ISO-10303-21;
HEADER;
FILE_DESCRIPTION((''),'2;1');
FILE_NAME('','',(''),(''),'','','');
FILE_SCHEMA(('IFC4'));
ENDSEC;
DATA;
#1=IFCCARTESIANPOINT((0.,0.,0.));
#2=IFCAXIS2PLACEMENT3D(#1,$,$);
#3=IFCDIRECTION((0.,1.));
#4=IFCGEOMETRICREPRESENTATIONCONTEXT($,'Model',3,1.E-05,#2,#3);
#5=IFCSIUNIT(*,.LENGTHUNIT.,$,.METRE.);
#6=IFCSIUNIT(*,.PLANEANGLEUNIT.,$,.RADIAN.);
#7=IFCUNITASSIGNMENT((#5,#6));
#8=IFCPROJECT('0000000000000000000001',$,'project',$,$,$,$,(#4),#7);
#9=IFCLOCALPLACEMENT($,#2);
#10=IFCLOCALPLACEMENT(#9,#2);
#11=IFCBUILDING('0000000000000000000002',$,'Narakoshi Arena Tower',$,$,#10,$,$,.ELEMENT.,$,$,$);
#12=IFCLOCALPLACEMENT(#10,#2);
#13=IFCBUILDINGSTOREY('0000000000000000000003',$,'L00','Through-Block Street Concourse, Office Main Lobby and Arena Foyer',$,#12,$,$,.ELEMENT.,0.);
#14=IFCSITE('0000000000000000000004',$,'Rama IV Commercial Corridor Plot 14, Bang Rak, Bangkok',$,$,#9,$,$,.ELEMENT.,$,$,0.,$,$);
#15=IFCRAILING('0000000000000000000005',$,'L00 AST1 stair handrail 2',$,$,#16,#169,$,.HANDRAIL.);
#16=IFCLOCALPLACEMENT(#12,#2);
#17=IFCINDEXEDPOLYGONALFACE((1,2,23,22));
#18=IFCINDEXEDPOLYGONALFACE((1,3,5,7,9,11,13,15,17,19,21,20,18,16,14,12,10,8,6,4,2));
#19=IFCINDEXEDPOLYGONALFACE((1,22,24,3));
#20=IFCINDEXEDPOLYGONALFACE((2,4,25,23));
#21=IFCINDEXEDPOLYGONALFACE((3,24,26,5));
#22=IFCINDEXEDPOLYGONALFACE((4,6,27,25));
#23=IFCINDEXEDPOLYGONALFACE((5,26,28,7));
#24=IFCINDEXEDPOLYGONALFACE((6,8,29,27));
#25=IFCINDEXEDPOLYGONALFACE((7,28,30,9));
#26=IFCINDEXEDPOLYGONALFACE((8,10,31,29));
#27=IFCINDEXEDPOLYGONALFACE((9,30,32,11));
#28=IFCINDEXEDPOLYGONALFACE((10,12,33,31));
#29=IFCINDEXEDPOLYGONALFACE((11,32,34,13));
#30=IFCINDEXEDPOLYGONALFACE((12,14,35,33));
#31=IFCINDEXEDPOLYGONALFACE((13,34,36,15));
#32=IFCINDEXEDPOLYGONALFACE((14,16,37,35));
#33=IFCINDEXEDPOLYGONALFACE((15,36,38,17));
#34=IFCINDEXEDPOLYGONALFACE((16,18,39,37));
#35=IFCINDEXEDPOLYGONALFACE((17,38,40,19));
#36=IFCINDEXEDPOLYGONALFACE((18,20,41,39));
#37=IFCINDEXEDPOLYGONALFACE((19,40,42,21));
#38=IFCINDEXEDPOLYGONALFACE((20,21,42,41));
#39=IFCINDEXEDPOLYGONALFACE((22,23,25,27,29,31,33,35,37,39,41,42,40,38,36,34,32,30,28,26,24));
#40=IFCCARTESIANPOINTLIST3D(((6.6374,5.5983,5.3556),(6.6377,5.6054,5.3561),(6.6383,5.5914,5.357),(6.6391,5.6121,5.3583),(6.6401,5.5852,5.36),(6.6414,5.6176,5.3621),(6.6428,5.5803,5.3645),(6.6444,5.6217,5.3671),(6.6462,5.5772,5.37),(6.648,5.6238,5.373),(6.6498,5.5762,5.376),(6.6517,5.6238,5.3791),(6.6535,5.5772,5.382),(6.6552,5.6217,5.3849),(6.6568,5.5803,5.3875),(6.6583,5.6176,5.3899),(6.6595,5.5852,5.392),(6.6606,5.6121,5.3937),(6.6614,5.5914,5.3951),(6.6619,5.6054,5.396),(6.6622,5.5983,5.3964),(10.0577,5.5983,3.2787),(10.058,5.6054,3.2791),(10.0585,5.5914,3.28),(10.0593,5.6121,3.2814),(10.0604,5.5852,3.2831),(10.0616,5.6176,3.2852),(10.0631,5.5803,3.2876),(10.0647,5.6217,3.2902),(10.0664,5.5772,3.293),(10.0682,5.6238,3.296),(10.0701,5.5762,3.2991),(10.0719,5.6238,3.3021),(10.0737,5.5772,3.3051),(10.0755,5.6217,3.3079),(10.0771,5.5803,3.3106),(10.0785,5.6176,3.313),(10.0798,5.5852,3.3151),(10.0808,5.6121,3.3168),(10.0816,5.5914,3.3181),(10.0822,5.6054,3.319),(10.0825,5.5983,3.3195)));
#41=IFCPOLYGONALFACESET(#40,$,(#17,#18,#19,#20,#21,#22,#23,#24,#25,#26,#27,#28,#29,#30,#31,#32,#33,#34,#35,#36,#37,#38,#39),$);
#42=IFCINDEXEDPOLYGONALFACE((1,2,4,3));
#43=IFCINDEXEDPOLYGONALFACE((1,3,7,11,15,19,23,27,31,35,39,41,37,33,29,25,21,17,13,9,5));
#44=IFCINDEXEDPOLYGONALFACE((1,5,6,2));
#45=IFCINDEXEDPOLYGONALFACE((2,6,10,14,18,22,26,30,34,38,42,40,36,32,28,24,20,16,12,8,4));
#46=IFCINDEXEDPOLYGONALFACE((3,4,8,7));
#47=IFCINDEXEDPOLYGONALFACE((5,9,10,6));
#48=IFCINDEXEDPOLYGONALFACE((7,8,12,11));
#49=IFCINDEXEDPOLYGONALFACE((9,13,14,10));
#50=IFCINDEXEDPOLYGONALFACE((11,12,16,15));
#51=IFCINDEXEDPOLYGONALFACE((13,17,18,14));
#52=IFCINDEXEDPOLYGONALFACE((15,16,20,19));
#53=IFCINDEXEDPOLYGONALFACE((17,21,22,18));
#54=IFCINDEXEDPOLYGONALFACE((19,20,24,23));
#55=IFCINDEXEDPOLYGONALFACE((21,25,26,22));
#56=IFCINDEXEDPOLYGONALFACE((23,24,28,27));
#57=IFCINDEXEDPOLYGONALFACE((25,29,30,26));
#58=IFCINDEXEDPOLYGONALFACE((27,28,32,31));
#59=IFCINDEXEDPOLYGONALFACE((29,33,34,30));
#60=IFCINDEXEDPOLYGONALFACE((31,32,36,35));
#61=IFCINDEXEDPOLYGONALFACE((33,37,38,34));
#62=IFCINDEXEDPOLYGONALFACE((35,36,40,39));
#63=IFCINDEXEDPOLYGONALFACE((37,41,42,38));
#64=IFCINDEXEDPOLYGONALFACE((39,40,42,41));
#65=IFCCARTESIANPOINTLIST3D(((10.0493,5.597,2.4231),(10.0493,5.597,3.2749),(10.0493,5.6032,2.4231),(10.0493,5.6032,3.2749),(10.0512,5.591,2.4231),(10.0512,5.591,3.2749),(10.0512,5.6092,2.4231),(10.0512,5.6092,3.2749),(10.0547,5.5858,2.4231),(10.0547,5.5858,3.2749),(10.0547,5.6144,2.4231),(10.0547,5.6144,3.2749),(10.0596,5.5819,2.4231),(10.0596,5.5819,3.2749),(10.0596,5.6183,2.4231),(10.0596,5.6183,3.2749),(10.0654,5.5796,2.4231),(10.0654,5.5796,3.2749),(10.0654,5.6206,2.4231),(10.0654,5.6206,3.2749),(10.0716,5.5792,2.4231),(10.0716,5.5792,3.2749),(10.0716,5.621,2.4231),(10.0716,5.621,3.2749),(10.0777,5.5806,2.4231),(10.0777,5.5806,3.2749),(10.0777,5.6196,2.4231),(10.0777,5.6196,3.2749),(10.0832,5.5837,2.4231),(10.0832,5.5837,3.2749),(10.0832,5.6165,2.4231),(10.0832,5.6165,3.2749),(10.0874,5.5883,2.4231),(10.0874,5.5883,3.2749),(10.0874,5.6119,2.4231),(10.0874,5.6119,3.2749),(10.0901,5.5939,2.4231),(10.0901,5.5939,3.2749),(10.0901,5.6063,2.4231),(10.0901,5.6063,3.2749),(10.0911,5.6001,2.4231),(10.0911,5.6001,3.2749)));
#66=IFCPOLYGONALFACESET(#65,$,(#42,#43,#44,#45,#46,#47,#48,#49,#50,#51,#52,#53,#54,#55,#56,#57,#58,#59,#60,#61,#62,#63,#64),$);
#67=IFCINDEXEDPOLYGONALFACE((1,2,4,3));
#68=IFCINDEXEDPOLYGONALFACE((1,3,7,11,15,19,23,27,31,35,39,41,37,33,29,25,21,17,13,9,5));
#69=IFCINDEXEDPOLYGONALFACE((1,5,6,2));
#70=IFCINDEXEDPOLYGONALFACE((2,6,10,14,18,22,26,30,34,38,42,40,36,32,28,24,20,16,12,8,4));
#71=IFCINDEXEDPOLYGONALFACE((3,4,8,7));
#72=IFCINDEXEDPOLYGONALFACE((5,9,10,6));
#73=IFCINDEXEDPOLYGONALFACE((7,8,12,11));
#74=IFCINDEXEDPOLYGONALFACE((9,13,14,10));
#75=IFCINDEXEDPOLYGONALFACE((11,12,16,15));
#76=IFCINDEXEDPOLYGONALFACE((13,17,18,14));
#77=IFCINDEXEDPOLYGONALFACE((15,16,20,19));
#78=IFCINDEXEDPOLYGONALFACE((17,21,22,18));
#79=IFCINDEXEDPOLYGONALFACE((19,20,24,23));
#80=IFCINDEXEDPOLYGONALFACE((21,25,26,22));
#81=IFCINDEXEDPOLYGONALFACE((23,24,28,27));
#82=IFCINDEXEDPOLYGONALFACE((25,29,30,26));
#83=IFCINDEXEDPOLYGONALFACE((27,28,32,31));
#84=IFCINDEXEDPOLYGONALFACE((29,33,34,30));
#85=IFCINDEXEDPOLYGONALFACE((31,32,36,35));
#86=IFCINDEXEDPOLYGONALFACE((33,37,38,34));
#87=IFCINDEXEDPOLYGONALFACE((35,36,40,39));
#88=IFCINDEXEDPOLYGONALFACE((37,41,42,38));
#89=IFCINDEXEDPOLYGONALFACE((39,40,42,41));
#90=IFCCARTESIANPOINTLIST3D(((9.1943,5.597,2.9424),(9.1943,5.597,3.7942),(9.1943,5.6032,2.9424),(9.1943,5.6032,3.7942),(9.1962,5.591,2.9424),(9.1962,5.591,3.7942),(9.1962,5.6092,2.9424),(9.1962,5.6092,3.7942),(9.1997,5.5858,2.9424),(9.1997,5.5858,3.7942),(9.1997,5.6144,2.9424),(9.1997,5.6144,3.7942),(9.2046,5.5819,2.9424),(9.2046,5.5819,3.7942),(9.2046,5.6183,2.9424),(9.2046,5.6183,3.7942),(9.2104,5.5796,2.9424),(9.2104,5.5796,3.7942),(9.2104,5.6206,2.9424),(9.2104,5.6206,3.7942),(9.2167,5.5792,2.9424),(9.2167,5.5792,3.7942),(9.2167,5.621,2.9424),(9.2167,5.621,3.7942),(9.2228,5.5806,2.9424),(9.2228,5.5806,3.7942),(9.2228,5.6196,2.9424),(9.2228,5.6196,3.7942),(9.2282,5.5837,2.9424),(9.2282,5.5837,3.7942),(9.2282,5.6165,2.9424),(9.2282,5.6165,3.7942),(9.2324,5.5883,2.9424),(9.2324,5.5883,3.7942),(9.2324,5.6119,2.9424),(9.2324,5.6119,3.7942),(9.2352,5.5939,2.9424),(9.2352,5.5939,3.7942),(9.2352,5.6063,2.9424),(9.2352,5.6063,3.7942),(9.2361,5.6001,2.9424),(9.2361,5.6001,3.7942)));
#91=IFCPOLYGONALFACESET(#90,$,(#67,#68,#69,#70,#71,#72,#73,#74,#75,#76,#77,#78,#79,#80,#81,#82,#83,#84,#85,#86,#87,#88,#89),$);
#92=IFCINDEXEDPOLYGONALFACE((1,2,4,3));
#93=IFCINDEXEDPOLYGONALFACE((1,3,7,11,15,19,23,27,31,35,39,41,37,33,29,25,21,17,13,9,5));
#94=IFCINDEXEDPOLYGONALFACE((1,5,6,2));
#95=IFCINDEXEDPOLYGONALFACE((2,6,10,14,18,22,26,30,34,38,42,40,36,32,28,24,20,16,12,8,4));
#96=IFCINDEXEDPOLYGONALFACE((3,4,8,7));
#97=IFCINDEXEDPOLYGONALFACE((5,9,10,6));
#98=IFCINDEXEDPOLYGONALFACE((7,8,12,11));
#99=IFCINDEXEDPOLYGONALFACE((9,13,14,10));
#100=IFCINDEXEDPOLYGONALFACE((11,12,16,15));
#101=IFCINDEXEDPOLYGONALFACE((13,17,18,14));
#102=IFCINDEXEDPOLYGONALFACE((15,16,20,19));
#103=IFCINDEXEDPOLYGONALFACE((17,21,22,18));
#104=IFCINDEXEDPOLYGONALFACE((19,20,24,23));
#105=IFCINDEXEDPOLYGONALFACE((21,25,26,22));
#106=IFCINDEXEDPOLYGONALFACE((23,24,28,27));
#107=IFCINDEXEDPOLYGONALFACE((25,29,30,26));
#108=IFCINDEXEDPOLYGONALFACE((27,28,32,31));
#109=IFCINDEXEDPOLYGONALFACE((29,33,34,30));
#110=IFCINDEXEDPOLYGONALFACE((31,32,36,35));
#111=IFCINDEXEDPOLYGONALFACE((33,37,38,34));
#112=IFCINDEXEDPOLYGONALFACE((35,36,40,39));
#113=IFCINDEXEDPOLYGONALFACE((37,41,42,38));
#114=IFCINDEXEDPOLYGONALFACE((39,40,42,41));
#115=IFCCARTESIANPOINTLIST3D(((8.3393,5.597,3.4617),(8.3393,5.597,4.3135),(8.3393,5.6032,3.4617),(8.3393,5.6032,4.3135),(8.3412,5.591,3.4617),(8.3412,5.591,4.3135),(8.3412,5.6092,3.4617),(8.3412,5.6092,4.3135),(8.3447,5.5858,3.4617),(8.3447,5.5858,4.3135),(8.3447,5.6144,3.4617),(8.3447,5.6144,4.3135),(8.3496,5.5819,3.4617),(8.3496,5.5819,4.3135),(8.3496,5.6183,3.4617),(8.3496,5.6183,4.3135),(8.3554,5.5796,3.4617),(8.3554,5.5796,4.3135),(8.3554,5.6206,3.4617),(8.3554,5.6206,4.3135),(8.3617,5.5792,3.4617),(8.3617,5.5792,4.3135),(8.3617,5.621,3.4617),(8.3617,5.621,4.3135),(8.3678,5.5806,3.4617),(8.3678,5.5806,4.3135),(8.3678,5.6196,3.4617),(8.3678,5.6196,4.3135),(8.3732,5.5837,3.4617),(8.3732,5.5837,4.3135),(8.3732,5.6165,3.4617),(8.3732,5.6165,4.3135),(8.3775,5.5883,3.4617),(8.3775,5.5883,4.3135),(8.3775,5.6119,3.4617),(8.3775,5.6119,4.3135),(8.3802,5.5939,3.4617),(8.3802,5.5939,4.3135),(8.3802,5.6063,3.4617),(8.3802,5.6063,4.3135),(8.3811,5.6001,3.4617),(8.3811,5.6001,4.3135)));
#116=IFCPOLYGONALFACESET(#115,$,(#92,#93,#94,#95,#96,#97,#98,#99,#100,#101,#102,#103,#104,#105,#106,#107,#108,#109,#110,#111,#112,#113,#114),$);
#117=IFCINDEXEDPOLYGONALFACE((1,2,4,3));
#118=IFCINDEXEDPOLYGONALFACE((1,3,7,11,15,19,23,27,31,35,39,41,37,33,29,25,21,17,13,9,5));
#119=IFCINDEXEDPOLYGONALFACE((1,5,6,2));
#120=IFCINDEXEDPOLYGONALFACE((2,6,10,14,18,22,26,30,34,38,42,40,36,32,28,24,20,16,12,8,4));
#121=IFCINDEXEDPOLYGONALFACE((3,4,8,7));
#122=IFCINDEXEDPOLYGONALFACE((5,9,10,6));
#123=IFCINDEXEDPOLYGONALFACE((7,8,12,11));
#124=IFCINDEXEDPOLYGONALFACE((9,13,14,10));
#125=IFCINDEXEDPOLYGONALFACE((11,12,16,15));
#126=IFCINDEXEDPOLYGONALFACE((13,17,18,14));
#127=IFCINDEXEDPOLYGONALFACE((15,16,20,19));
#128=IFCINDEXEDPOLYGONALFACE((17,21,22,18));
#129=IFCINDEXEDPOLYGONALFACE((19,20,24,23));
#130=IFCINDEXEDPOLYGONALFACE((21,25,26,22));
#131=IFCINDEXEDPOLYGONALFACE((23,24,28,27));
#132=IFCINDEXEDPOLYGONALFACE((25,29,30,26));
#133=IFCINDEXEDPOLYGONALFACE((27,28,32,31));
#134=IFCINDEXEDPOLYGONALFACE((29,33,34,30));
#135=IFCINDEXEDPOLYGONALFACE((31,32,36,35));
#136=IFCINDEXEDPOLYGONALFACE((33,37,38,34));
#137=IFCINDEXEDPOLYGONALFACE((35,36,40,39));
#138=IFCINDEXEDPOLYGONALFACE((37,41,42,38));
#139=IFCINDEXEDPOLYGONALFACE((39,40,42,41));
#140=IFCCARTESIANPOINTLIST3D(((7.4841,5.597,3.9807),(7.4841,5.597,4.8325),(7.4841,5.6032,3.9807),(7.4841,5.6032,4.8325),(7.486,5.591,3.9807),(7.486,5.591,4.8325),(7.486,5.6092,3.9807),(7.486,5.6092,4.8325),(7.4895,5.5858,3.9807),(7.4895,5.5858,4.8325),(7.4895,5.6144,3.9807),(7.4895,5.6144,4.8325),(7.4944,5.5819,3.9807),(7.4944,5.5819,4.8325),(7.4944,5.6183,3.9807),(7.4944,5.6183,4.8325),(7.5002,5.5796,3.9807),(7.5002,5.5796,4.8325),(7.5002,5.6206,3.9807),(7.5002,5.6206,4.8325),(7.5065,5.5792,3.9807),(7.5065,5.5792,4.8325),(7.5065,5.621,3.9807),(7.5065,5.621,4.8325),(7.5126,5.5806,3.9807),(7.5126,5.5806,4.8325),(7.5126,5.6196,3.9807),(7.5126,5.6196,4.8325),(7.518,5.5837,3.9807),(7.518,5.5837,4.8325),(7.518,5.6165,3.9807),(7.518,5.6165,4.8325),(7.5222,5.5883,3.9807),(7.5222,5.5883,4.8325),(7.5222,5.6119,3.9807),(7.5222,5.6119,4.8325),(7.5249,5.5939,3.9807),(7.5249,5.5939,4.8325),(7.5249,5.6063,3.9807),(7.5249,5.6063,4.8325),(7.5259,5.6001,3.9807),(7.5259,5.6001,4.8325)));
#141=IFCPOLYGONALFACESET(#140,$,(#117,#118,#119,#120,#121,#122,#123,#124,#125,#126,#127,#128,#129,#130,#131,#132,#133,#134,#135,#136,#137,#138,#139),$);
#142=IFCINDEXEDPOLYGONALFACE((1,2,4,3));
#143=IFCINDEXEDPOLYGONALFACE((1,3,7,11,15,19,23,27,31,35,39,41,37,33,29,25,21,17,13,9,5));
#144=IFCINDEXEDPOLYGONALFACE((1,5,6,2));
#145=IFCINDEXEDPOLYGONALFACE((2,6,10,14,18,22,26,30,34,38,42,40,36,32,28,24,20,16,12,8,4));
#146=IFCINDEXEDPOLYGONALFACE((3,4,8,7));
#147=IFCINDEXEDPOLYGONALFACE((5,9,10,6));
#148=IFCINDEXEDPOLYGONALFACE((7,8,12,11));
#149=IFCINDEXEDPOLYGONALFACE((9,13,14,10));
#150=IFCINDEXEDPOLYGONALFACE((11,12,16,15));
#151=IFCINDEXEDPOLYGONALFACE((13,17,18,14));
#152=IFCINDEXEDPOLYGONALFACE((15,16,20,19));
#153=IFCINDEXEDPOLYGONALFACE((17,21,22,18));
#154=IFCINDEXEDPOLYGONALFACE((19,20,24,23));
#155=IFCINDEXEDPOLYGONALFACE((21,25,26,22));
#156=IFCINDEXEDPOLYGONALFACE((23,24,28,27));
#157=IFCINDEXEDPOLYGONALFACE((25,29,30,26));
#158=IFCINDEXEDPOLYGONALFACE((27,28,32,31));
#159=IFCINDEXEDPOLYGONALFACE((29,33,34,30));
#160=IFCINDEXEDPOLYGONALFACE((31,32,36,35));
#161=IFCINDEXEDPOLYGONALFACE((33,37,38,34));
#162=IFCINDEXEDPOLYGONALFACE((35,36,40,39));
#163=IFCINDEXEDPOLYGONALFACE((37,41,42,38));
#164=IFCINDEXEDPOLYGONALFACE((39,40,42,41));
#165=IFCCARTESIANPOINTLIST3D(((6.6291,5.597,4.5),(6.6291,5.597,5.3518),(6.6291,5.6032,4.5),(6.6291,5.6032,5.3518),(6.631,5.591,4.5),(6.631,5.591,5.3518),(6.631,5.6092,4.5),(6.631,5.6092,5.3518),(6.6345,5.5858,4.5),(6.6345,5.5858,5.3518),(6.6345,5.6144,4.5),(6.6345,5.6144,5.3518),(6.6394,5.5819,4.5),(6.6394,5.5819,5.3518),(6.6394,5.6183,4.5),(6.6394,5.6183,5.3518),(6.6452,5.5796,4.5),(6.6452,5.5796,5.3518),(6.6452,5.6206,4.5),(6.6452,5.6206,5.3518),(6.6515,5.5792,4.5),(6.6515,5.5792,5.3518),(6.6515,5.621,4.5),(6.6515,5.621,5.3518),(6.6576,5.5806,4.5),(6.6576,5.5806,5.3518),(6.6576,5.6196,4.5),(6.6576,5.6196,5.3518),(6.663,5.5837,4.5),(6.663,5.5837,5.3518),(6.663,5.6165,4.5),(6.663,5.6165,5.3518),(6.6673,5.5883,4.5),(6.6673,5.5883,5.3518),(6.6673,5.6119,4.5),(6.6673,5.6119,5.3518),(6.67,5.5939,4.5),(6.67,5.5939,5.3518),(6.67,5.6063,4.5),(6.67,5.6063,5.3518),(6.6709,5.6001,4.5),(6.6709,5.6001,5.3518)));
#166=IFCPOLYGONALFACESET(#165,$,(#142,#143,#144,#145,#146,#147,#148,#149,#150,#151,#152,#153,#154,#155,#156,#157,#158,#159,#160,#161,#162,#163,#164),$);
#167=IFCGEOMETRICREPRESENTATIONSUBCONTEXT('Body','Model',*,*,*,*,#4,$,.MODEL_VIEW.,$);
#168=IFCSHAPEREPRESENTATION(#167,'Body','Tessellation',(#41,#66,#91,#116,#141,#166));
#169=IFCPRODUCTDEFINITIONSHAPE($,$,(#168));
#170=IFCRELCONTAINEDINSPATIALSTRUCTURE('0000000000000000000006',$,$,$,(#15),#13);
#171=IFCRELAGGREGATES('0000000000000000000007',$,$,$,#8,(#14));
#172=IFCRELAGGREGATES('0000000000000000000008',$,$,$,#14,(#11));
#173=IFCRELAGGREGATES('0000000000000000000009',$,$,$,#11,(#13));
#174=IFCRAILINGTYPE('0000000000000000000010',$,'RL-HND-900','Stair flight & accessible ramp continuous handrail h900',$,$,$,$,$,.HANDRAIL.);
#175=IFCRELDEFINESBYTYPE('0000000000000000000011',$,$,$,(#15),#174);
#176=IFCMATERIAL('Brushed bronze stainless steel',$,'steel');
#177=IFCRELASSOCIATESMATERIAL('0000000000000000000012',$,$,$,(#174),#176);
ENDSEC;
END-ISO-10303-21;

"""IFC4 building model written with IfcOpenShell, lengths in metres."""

from ifc_helpers import new_model, si_unit, direction, frame, origin, origin_2d, place, context, subcontext, project, spatial, circle, extrude, material, type_object, element, save


model = new_model("IFC4")

# Units and contexts
model_context = context("Model", 3, precision=1e-05, world=origin(), true_north=direction((0.0, 1.0)))
body_context = subcontext(model_context, "Body", "Model", "MODEL_VIEW")
ifc_project = project(units=[si_unit("LENGTHUNIT", "METRE"), si_unit("PLANEANGLEUNIT", "RADIAN")], contexts=[model_context])

# Site, building, storey
site_placement = place(None, origin())
site = spatial("IfcSite", under=ifc_project, at=site_placement, Name="Rama IV Commercial Corridor Plot 14, Bang Rak, Bangkok", CompositionType="ELEMENT", RefElevation=0.0)
building_placement = place(site_placement, origin())
building = spatial("IfcBuilding", under=site, at=building_placement, Name="Narakoshi Arena Tower", CompositionType="ELEMENT")
storey_placement = place(building_placement, origin())
storey = spatial("IfcBuildingStorey", under=building, at=storey_placement, Name="L00", Description="Through-Block Street Concourse, Office Main Lobby and Arena Foyer", CompositionType="ELEMENT", Elevation=0.0)

# Railing
ifc_material_1 = material(Name="Brushed bronze stainless steel", Category="steel")
railing_type_1 = type_object("IfcRailingType", Name="RL-HND-900", Description="Stair flight & accessible ramp continuous handrail h900", PredefinedType="HANDRAIL", material=ifc_material_1)
for number, where, name in (
    (1, (10.0701, 5.6001, 2.4231), "L00 AST1 stair handrail 2"),
):
    element("IfcRailing", number, at=place(storey_placement, frame(where)), inside=storey, type_object=railing_type_1, Name=name, PredefinedType="HANDRAIL", context=body_context, shape_type="SweptSolid", body=[
        extrude(circle(Radius=0.0239, at=origin_2d()), frame((0.0, 0.0, 0.876), z_axis=(-0.854746, 0.0, 0.519047), x_axis=(0.0, -1.0, 0.0)), (0.0, 0.0, 1.0), 4.0015),
        extrude(circle(Radius=0.021, at=origin_2d()), origin(), (0.0, 0.0, 1.0), 0.8518),
        extrude(circle(Radius=0.021, at=origin_2d()), frame((-0.855, 0.0, 0.5193)), (0.0, 0.0, 1.0), 0.8518),
        extrude(circle(Radius=0.021, at=origin_2d()), frame((-1.71, 0.0, 1.0386)), (0.0, 0.0, 1.0), 0.8518),
        extrude(circle(Radius=0.021, at=origin_2d()), frame((-2.5652, 0.0, 1.5576)), (0.0, 0.0, 1.0), 0.8518),
        extrude(circle(Radius=0.021, at=origin_2d()), frame((-3.4202, 0.0, 2.0769)), (0.0, 0.0, 1.0), 0.8518),
    ])

save(model, "model.ifc")
